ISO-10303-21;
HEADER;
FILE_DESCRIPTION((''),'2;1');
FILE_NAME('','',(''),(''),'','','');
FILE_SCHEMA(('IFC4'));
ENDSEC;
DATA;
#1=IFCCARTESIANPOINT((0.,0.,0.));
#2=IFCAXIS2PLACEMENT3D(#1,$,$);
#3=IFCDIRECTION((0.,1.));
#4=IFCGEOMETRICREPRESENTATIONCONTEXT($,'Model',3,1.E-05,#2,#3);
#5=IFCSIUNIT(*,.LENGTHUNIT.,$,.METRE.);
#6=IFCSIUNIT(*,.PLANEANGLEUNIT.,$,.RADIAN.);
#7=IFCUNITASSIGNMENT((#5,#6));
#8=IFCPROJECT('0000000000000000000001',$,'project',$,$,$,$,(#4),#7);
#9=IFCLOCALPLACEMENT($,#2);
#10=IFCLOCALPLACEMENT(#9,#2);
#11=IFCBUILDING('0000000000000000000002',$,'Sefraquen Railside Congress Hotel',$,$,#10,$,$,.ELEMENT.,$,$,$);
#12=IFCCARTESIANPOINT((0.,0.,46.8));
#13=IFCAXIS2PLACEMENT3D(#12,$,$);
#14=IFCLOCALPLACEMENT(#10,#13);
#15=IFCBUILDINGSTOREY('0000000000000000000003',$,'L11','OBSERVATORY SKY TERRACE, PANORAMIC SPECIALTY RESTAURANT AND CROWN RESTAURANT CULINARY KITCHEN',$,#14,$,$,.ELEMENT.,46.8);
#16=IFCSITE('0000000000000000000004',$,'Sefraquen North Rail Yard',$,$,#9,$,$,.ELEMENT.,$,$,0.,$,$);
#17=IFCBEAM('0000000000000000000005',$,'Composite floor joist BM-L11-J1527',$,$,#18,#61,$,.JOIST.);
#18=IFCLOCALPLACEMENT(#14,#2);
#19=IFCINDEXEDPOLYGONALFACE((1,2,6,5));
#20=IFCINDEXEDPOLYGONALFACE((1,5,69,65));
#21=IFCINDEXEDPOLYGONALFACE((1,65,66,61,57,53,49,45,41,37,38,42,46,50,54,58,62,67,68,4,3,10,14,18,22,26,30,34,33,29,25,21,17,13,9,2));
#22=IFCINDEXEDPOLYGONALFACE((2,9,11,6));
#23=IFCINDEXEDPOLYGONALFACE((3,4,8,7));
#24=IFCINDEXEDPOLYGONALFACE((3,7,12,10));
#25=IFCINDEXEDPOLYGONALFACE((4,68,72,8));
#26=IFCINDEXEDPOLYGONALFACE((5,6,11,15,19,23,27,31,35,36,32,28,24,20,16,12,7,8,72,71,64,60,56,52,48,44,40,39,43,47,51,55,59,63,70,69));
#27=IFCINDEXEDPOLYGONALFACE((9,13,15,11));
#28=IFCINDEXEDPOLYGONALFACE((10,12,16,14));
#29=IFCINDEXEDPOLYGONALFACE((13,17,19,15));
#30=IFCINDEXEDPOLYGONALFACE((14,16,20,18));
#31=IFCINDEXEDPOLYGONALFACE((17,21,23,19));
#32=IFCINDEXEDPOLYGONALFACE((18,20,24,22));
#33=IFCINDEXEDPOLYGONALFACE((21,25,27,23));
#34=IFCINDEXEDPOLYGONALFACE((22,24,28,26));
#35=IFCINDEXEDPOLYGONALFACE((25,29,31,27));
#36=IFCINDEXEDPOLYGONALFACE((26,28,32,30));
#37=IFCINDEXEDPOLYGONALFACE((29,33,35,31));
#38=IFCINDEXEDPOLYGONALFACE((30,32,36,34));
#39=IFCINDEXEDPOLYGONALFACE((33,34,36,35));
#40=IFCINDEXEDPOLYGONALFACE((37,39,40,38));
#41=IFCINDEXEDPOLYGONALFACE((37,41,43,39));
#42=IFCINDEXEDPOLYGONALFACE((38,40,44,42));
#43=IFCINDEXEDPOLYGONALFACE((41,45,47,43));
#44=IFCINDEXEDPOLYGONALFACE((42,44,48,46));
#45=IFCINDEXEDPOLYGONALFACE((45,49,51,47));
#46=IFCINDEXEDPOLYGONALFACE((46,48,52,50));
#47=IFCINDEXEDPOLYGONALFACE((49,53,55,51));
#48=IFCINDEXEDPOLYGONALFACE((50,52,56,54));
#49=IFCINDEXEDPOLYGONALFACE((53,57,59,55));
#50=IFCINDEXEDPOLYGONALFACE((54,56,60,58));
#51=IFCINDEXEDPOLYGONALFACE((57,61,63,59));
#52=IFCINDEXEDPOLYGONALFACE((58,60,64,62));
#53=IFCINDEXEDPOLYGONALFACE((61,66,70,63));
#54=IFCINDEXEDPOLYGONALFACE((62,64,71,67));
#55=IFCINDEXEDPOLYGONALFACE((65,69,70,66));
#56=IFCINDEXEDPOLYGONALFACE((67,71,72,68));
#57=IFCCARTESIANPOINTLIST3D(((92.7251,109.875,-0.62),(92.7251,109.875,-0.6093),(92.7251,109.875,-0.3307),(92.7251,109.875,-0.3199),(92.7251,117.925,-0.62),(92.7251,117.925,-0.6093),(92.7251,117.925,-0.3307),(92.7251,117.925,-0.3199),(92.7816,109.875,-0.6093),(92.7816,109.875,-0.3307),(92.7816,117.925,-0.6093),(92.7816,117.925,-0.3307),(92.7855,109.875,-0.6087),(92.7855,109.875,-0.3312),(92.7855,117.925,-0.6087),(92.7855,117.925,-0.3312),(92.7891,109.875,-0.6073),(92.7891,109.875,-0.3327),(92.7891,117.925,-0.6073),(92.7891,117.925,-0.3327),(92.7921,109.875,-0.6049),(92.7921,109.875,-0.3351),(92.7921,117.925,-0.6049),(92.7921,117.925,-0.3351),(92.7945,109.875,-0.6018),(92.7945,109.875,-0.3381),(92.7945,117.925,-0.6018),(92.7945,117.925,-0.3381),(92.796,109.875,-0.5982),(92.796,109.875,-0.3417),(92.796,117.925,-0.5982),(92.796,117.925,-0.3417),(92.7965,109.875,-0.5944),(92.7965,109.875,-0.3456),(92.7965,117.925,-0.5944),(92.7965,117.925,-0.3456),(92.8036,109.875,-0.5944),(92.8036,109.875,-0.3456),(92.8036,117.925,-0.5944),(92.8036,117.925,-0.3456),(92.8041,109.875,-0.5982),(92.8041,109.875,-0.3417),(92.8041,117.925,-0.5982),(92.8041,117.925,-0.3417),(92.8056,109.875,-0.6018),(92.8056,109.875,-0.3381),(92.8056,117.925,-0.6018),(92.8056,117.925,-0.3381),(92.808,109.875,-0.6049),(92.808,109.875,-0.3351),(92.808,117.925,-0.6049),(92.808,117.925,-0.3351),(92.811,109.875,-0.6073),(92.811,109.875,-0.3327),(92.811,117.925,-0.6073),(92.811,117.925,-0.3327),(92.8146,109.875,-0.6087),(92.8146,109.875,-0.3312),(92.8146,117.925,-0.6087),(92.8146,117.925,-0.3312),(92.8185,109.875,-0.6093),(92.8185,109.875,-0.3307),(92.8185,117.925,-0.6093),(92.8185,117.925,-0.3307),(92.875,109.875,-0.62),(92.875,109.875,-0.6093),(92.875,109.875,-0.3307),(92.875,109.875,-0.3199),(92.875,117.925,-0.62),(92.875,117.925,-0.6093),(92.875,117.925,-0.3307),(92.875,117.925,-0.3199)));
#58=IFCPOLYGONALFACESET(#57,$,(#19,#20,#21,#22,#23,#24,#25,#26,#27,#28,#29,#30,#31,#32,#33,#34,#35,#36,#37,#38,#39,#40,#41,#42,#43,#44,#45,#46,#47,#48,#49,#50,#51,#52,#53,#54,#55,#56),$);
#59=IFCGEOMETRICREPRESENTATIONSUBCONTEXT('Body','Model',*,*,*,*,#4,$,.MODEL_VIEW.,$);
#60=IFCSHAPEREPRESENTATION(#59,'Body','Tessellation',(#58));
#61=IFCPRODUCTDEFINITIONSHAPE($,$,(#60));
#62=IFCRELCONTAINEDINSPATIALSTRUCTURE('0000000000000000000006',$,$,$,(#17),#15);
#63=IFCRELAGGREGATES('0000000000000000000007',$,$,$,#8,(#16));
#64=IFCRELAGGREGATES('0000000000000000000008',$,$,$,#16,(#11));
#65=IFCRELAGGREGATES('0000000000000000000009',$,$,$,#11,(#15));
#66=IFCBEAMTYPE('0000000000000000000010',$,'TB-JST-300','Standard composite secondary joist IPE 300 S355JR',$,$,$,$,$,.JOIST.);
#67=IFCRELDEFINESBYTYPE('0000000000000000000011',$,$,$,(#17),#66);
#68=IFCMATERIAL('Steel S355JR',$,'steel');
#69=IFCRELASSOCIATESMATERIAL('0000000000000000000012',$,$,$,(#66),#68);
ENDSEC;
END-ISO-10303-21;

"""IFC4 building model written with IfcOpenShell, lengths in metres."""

from ifc_helpers import new_model, si_unit, direction, frame, origin, origin_2d, place, context, subcontext, project, spatial, i_section, extrude, material, material_profile, profile_set, type_object, element, save


model = new_model("IFC4")

# Units and contexts
model_context = context("Model", 3, precision=1e-05, world=origin(), true_north=direction((0.0, 1.0)))
body_context = subcontext(model_context, "Body", "Model", "MODEL_VIEW")
ifc_project = project(units=[si_unit("LENGTHUNIT", "METRE"), si_unit("PLANEANGLEUNIT", "RADIAN")], contexts=[model_context])

# Site, building, storey
site_placement = place(None, origin())
site = spatial("IfcSite", under=ifc_project, at=site_placement, Name="Sefraquen North Rail Yard", CompositionType="ELEMENT", RefElevation=0.0)
building_placement = place(site_placement, origin())
building = spatial("IfcBuilding", under=site, at=building_placement, Name="Sefraquen Railside Congress Hotel", CompositionType="ELEMENT")
storey_placement = place(building_placement, frame((0.0, 0.0, 46.8)))
storey = spatial("IfcBuildingStorey", under=building, at=storey_placement, Name="L11", Description="OBSERVATORY SKY TERRACE, PANORAMIC SPECIALTY RESTAURANT AND CROWN RESTAURANT CULINARY KITCHEN", CompositionType="ELEMENT", Elevation=46.8)

# Shared definitions
ifc_material_1 = material(Name="Steel S355JR", Category="steel")

# Beam
ifc_material_profile_1 = material_profile(ifc_material_1, i_section(OverallWidth=0.1499, OverallDepth=0.3, WebThickness=0.0071, FlangeThickness=0.0107, FilletRadius=0.0149, at=origin_2d()), Name="IPE 300")
ifc_profile_set_1 = profile_set([ifc_material_profile_1], Name="Steel S355JR")
beam_type_1 = type_object("IfcBeamType", Name="TB-JST-300", Description="Standard composite secondary joist IPE 300 S355JR", PredefinedType="JOIST", material=ifc_profile_set_1)
for number, where, z_axis, x_axis, name in (
    (1, (92.8, 109.875, -0.47), (0.0, 1.0, 0.0), (-1.0, 0.0, 0.0), "Composite floor joist BM-L11-J1527"),
):
    element("IfcBeam", number, at=place(storey_placement, frame(where, z_axis=z_axis, x_axis=x_axis)), inside=storey, type_object=beam_type_1, Name=name, PredefinedType="JOIST", context=body_context, shape_type="SweptSolid", body=[
        extrude(i_section(OverallWidth=0.1499, OverallDepth=0.3, WebThickness=0.0071, FlangeThickness=0.0107, FilletRadius=0.0149, at=origin_2d()), origin(), (0.0, 0.0, 1.0), 8.05),
    ])

save(model, "model.ifc")
